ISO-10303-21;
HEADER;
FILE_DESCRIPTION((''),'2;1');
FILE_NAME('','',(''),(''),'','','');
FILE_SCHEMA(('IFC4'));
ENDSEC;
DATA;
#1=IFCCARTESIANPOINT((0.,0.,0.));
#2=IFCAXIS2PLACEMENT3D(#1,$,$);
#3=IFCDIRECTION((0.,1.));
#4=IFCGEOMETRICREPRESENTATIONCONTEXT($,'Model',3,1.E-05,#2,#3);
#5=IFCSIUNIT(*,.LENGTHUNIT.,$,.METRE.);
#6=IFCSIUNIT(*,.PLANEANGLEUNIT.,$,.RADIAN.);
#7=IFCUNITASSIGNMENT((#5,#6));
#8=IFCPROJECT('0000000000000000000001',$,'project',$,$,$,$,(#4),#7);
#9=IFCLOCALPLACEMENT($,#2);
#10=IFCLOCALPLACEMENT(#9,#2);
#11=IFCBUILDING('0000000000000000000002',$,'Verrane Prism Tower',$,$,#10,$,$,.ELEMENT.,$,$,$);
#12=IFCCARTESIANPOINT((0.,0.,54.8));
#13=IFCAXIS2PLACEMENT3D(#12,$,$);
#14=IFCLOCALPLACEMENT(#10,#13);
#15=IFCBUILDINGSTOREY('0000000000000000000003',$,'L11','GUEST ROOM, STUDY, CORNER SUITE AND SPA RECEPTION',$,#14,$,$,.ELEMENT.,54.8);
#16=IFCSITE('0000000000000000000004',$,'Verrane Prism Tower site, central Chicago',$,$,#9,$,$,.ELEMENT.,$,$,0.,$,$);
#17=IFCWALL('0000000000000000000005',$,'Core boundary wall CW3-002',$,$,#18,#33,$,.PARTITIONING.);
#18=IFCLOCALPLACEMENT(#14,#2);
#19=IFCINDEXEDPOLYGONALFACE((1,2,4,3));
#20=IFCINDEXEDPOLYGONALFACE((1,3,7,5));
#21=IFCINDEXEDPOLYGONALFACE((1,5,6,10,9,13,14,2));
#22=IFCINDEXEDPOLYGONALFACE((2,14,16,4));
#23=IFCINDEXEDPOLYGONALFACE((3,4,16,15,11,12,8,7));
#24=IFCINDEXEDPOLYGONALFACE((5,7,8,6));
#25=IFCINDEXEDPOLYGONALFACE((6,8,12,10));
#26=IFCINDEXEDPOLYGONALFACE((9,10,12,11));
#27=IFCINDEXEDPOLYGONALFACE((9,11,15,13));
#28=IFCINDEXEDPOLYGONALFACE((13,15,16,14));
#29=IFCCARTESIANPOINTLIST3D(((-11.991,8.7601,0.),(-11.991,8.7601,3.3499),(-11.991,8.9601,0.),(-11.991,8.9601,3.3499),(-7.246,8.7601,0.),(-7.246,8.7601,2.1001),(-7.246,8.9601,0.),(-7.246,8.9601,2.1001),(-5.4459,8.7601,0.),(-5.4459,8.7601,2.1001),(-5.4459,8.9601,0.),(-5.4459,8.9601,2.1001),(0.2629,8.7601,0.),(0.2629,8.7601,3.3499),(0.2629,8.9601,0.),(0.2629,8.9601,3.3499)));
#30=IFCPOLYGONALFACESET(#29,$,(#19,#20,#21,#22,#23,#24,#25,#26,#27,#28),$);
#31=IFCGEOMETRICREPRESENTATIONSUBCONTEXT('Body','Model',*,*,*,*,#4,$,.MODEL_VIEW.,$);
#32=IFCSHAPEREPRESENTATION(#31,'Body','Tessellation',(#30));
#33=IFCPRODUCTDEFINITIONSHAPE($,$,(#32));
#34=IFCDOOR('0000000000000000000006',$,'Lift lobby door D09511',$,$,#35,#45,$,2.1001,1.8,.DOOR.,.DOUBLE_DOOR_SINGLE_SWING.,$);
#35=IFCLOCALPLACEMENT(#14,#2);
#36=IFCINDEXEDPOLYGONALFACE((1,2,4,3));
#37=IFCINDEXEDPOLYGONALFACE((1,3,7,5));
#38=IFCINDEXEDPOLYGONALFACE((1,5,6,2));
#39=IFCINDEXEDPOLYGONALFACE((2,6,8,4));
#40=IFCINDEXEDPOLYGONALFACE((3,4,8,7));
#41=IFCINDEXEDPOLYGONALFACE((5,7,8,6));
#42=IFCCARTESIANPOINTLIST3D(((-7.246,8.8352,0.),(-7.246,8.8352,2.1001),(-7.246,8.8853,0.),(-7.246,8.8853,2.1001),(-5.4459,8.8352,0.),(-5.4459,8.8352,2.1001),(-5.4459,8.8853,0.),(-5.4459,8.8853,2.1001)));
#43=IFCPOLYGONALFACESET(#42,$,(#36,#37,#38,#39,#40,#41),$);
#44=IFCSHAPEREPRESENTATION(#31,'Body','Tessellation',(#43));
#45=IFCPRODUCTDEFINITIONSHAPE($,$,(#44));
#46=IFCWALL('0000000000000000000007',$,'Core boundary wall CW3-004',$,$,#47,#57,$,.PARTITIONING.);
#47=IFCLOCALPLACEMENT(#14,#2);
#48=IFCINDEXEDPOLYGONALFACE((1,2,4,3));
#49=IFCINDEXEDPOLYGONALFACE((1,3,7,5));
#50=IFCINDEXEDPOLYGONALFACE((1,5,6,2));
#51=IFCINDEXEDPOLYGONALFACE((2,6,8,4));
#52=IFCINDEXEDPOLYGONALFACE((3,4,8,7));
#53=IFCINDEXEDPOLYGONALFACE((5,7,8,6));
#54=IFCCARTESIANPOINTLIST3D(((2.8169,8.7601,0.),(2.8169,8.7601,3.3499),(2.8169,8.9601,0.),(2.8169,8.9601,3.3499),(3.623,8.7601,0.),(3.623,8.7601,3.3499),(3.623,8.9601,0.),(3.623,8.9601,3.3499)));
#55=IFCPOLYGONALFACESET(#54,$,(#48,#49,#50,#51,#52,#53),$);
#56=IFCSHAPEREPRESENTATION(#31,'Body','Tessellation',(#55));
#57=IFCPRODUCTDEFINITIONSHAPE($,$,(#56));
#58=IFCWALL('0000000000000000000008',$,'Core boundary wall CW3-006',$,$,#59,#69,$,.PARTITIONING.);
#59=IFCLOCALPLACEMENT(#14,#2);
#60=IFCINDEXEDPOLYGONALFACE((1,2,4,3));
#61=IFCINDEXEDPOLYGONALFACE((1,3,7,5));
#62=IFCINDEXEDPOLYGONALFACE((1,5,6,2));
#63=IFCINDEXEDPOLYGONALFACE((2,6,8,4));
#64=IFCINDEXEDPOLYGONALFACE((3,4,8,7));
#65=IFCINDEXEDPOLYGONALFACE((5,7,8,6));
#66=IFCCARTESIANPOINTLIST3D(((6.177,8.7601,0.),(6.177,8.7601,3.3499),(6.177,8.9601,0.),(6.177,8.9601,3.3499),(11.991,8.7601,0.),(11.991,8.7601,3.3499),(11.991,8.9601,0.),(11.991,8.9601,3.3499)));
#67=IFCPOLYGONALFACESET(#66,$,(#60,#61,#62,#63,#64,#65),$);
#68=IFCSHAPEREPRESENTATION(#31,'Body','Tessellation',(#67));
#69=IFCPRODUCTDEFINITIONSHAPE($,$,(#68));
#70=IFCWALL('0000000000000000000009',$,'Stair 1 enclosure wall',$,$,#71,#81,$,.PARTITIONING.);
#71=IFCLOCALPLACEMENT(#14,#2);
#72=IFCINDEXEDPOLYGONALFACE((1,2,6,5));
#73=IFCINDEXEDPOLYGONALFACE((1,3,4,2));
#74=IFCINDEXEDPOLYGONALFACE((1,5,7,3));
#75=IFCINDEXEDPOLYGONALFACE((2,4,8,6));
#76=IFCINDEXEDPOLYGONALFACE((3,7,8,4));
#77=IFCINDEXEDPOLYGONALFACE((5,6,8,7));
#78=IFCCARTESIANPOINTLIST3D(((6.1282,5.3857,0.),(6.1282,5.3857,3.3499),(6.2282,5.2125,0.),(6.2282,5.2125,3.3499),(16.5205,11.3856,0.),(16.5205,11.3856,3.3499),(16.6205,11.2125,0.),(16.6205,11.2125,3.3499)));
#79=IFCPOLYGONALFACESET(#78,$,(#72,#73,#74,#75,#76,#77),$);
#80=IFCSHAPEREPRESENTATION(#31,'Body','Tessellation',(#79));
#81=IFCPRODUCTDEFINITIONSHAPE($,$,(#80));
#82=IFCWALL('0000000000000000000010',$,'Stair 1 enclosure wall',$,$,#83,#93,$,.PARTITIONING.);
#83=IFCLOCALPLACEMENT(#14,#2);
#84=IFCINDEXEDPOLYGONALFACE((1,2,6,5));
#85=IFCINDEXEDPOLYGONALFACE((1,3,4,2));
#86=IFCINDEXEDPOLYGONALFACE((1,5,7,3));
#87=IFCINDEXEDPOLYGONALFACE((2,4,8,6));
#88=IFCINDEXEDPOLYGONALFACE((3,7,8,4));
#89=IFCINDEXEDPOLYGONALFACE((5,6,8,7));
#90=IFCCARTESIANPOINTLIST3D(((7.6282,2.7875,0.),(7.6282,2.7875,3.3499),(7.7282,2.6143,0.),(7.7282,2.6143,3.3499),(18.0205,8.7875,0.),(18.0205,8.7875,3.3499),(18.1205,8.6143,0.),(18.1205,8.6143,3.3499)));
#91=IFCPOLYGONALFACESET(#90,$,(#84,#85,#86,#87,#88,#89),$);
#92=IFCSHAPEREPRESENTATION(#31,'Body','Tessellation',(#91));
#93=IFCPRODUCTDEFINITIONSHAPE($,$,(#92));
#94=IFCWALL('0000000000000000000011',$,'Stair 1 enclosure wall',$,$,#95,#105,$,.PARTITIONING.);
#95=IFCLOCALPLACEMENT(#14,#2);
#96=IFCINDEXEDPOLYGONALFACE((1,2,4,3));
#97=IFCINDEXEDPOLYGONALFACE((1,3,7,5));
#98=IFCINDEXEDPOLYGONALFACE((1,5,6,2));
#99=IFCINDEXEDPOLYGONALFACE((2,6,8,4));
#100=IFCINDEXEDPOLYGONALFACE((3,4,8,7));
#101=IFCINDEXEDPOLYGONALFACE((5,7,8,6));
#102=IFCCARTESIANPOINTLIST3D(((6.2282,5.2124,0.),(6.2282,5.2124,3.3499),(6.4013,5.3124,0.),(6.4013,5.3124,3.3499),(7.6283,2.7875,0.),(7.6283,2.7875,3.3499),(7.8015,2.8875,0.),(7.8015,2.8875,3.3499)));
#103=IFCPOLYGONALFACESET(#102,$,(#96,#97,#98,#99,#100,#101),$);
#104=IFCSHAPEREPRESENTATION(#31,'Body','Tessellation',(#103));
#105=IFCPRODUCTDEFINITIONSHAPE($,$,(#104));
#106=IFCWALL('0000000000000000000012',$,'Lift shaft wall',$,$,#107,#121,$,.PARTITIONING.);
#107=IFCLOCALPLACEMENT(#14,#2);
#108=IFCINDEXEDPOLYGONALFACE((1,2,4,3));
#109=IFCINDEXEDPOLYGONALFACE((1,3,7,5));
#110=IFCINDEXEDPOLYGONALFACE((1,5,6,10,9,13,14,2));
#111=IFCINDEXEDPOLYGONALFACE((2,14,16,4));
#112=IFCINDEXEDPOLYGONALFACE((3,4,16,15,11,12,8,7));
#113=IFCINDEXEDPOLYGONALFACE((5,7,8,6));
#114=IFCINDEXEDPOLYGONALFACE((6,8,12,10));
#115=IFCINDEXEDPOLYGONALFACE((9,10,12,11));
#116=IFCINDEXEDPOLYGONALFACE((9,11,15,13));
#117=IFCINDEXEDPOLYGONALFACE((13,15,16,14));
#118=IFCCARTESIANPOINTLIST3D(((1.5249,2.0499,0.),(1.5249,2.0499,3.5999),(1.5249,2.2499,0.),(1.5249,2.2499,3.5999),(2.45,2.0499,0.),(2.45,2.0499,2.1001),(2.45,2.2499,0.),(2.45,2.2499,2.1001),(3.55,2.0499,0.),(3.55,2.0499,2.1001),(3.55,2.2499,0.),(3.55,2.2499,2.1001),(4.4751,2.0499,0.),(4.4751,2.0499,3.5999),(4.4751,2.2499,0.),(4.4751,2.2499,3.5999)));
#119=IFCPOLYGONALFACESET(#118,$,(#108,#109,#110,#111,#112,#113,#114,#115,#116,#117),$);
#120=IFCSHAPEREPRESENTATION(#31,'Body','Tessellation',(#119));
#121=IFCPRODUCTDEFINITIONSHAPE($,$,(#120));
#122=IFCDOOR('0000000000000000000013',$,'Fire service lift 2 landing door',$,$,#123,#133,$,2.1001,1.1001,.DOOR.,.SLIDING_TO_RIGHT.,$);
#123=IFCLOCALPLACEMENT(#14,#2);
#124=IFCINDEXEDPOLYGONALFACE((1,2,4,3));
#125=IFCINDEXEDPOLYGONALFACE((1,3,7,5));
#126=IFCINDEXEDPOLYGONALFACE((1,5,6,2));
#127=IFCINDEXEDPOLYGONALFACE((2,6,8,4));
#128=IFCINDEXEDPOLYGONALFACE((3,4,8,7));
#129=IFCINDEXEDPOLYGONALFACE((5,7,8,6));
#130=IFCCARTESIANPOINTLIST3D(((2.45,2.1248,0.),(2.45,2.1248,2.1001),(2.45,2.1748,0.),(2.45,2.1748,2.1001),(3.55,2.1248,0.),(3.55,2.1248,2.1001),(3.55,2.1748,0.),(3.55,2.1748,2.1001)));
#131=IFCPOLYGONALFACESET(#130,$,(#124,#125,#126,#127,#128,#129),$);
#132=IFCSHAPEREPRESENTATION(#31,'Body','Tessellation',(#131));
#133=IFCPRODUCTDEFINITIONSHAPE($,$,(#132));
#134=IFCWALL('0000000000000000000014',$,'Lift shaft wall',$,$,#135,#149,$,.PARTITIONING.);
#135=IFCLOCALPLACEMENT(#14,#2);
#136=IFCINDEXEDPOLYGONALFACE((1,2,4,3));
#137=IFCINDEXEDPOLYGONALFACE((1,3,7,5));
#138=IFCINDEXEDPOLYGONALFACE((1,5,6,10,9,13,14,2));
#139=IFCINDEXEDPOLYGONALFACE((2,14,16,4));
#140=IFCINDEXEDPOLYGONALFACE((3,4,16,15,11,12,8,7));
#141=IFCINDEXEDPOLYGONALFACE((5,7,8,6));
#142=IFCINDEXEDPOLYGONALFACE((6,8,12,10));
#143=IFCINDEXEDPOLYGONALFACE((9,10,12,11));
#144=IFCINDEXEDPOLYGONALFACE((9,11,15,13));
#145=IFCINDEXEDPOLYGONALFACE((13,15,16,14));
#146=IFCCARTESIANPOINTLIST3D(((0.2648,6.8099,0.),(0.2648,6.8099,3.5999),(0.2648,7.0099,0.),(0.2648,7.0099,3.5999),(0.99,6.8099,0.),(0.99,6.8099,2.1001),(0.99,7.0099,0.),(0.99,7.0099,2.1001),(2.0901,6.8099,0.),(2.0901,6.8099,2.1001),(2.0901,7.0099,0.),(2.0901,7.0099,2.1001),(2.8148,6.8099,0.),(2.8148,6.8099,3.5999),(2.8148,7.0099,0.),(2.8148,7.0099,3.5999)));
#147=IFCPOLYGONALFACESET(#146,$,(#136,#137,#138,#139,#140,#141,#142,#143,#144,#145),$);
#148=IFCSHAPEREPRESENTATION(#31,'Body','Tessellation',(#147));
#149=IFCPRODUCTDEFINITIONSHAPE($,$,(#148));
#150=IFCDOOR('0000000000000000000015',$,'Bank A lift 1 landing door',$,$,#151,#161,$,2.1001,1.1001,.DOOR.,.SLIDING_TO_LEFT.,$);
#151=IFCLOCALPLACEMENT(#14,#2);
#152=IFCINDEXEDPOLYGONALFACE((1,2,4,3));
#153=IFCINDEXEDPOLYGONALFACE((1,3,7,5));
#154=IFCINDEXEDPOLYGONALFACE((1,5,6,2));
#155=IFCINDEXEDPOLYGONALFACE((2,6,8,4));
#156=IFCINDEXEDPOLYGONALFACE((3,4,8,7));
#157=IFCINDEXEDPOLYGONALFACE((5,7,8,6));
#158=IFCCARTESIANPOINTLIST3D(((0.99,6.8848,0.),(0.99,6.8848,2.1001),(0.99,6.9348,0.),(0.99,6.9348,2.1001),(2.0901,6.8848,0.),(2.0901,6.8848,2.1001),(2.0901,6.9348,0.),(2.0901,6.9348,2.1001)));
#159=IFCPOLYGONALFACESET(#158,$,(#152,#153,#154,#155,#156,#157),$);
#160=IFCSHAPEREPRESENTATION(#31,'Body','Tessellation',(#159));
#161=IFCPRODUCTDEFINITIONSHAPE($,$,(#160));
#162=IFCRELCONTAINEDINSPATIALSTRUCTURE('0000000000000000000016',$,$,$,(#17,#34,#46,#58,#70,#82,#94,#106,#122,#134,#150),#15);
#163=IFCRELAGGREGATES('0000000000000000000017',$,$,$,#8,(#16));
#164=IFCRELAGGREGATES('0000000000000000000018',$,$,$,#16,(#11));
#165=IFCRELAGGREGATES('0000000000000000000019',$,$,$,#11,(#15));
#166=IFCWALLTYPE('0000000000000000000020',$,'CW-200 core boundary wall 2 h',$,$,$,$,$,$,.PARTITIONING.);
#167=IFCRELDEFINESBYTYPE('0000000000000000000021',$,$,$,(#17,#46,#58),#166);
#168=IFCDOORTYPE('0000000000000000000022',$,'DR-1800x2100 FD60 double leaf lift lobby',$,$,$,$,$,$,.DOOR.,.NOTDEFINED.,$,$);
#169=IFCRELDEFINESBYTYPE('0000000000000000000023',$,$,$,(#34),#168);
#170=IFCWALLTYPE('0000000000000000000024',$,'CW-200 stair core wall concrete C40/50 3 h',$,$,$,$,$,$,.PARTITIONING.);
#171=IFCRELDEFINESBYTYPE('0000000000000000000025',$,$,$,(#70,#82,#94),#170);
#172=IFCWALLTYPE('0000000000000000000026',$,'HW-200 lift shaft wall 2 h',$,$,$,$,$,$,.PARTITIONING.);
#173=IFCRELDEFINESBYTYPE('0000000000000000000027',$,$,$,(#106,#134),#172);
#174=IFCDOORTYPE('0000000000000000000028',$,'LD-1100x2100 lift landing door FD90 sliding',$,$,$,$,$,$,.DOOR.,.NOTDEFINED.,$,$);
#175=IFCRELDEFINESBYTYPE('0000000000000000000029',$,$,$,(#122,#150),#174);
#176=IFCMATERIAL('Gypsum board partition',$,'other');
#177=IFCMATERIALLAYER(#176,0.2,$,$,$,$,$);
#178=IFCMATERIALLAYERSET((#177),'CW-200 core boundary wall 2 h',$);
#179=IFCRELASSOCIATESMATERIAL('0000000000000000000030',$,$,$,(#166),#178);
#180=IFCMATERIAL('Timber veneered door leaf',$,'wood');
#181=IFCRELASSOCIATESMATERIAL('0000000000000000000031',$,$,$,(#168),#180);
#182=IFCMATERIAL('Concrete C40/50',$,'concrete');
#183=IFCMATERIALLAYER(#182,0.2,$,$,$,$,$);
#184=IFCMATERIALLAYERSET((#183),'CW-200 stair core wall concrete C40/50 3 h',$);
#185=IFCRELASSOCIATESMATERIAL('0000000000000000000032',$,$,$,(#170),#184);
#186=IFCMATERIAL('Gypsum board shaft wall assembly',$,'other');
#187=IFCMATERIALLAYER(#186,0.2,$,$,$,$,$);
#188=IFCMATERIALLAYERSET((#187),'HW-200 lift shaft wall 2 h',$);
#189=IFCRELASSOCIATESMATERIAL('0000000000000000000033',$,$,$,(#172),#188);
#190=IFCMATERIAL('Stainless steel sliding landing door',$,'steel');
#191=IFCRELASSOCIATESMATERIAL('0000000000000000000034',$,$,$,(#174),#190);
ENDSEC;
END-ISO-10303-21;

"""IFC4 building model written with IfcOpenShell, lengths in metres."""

from ifc_helpers import new_model, si_unit, direction, frame, frame_2d, origin, place, context, subcontext, project, spatial, rectangle, extrude, material, layer, layer_set, type_object, element, fill, save


model = new_model("IFC4")

# Units and contexts
model_context = context("Model", 3, precision=1e-05, world=origin(), true_north=direction((0.0, 1.0)))
body_context = subcontext(model_context, "Body", "Model", "MODEL_VIEW")
ifc_project = project(units=[si_unit("LENGTHUNIT", "METRE"), si_unit("PLANEANGLEUNIT", "RADIAN")], contexts=[model_context])

# Site, building, storey
site_placement = place(None, origin())
site = spatial("IfcSite", under=ifc_project, at=site_placement, Name="Verrane Prism Tower site, central Chicago", CompositionType="ELEMENT", RefElevation=0.0)
building_placement = place(site_placement, origin())
building = spatial("IfcBuilding", under=site, at=building_placement, Name="Verrane Prism Tower", CompositionType="ELEMENT")
storey_placement = place(building_placement, frame((0.0, 0.0, 54.8)))
storey = spatial("IfcBuildingStorey", under=building, at=storey_placement, Name="L11", Description="GUEST ROOM, STUDY, CORNER SUITE AND SPA RECEPTION", CompositionType="ELEMENT", Elevation=54.8)

# Wall, opening, door
ifc_material_1 = material(Name="Gypsum board partition", Category="other")
ifc_layer_1 = layer(ifc_material_1, 0.2)
ifc_layer_set_1 = layer_set([ifc_layer_1], Name="CW-200 core boundary wall 2 h")
wall_type_1 = type_object("IfcWallType", Name="CW-200 core boundary wall 2 h", PredefinedType="PARTITIONING", material=ifc_layer_set_1)
wall_1_placement = place(storey_placement, frame((0.2629, 8.8601, 0.0), z_axis=(0.0, 0.0, 1.0), x_axis=(-1.0, 0.0, 0.0)))
wall_1 = element("IfcWall", 1, at=wall_1_placement, inside=storey, type_object=wall_type_1, Name="Core boundary wall CW3-002", PredefinedType="PARTITIONING", context=body_context, shape_type="SweptSolid", body=[
    extrude(rectangle(XDim=12.2539, YDim=0.2, at=frame_2d((6.127, 0.0))), origin(), (0.0, 0.0, 1.0), 3.3499),
])
opening_1_placement = place(wall_1_placement, frame((5.709, 0.0, 0.0)))
opening_1 = element("IfcOpeningElement", 2, at=opening_1_placement, cuts=wall_1, PredefinedType="OPENING", context=body_context, shape_type="SweptSolid", body=[
    extrude(rectangle(XDim=1.8, YDim=2.1001, at=frame_2d((0.8999, 1.05))), frame((0.0, 0.1099, 0.0), z_axis=(0.0, -1.0, 0.0), x_axis=(1.0, 0.0, 0.0)), (0.0, 0.0, 1.0), 0.22),
])
ifc_material_2 = material(Name="Timber veneered door leaf", Category="wood")
door_type_1 = type_object("IfcDoorType", Name="DR-1800x2100 FD60 double leaf lift lobby", OperationType="NOTDEFINED", PredefinedType="DOOR", material=ifc_material_2)
door_1_placement = place(opening_1_placement, origin())
door_1 = element("IfcDoor", 3, at=door_1_placement, inside=storey, type_object=door_type_1, Name="Lift lobby door D09511", OperationType="DOUBLE_DOOR_SINGLE_SWING", OverallHeight=2.1001, OverallWidth=1.8, PredefinedType="DOOR", context=body_context, shape_type="SweptSolid", body=[
    extrude(rectangle(XDim=1.8, YDim=2.1001, at=frame_2d((0.8999, 1.05))), frame((0.0, 0.0249, 0.0), z_axis=(0.0, -1.0, 0.0), x_axis=(1.0, 0.0, 0.0)), (0.0, 0.0, 1.0), 0.05),
])
fill(opening_1, door_1)

# Walls
wall_2_placement = place(storey_placement, frame((2.8169, 8.8601, 0.0), z_axis=(0.0, 0.0, 1.0), x_axis=(1.0, 0.0, 0.0)))
element("IfcWall", 4, at=wall_2_placement, inside=storey, type_object=wall_type_1, Name="Core boundary wall CW3-004", PredefinedType="PARTITIONING", context=body_context, shape_type="SweptSolid", body=[
    extrude(rectangle(XDim=0.8062, YDim=0.2, at=frame_2d((0.4031, 0.0))), origin(), (0.0, 0.0, 1.0), 3.3499),
])
wall_3_placement = place(storey_placement, frame((6.177, 8.8601, 0.0), z_axis=(0.0, 0.0, 1.0), x_axis=(1.0, 0.0, 0.0)))
element("IfcWall", 5, at=wall_3_placement, inside=storey, type_object=wall_type_1, Name="Core boundary wall CW3-006", PredefinedType="PARTITIONING", context=body_context, shape_type="SweptSolid", body=[
    extrude(rectangle(XDim=5.814, YDim=0.2, at=frame_2d((2.907, 0.0))), origin(), (0.0, 0.0, 1.0), 3.3499),
])
ifc_material_3 = material(Name="Concrete C40/50", Category="concrete")
ifc_layer_2 = layer(ifc_material_3, 0.2)
ifc_layer_set_2 = layer_set([ifc_layer_2], Name="CW-200 stair core wall concrete C40/50 3 h")
wall_type_2 = type_object("IfcWallType", Name="CW-200 stair core wall concrete C40/50 3 h", PredefinedType="PARTITIONING", material=ifc_layer_set_2)
for number, where, z_axis, x_axis, name in (
    (6, (6.1782, 5.2991, 0.0), (0.0, 0.0, 1.0), (0.866026, 0.499999, 0.0), "Stair 1 enclosure wall"),
    (7, (7.6782, 2.7009, 0.0), (0.0, 0.0, 1.0), (0.866026, 0.499999, 0.0), "Stair 1 enclosure wall"),
):
    element("IfcWall", number, at=place(storey_placement, frame(where, z_axis=z_axis, x_axis=x_axis)), inside=storey, type_object=wall_type_2, Name=name, PredefinedType="PARTITIONING", context=body_context, shape_type="SweptSolid", body=[
        extrude(rectangle(XDim=12.0, YDim=0.2, at=frame_2d((6.0, 0.0))), origin(), (0.0, 0.0, 1.0), 3.3499),
    ])
wall_4_placement = place(storey_placement, frame((7.7148, 2.8376, 0.0), z_axis=(0.0, 0.0, 1.0), x_axis=(-0.50005, 0.865997, 0.0)))
element("IfcWall", 8, at=wall_4_placement, inside=storey, type_object=wall_type_2, Name="Stair 1 enclosure wall", PredefinedType="PARTITIONING", context=body_context, shape_type="SweptSolid", body=[
    extrude(rectangle(XDim=2.8, YDim=0.2, at=frame_2d((1.3999, 0.0))), origin(), (0.0, 0.0, 1.0), 3.3499),
])

# Walls, openings, doors
ifc_material_4 = material(Name="Gypsum board shaft wall assembly", Category="other")
ifc_layer_3 = layer(ifc_material_4, 0.2)
ifc_layer_set_3 = layer_set([ifc_layer_3], Name="HW-200 lift shaft wall 2 h")
wall_type_3 = type_object("IfcWallType", Name="HW-200 lift shaft wall 2 h", PredefinedType="PARTITIONING", material=ifc_layer_set_3)
wall_5_placement = place(storey_placement, frame((1.5249, 2.1499, 0.0), z_axis=(0.0, 0.0, 1.0), x_axis=(1.0, 0.0, 0.0)))
wall_5 = element("IfcWall", 9, at=wall_5_placement, inside=storey, type_object=wall_type_3, Name="Lift shaft wall", PredefinedType="PARTITIONING", context=body_context, shape_type="SweptSolid", body=[
    extrude(rectangle(XDim=2.9502, YDim=0.2, at=frame_2d((1.4751, 0.0))), origin(), (0.0, 0.0, 1.0), 3.5999),
])
opening_2_placement = place(wall_5_placement, frame((0.925, 0.0, 0.0)))
opening_2 = element("IfcOpeningElement", 10, at=opening_2_placement, cuts=wall_5, PredefinedType="OPENING", context=body_context, shape_type="SweptSolid", body=[
    extrude(rectangle(XDim=1.1001, YDim=2.1001, at=frame_2d((0.55, 1.05))), frame((0.0, 0.1099, 0.0), z_axis=(0.0, -1.0, 0.0), x_axis=(1.0, 0.0, 0.0)), (0.0, 0.0, 1.0), 0.22),
])
ifc_material_5 = material(Name="Stainless steel sliding landing door", Category="steel")
door_type_2 = type_object("IfcDoorType", Name="LD-1100x2100 lift landing door FD90 sliding", OperationType="NOTDEFINED", PredefinedType="DOOR", material=ifc_material_5)
door_2_placement = place(opening_2_placement, origin())
door_2 = element("IfcDoor", 11, at=door_2_placement, inside=storey, type_object=door_type_2, Name="Fire service lift 2 landing door", OperationType="SLIDING_TO_RIGHT", OverallHeight=2.1001, OverallWidth=1.1001, PredefinedType="DOOR", context=body_context, shape_type="SweptSolid", body=[
    extrude(rectangle(XDim=1.1001, YDim=2.1001, at=frame_2d((0.55, 1.05))), frame((0.0, 0.0249, 0.0), z_axis=(0.0, -1.0, 0.0), x_axis=(1.0, 0.0, 0.0)), (0.0, 0.0, 1.0), 0.05),
])
fill(opening_2, door_2)
wall_6_placement = place(storey_placement, frame((0.2649, 6.9099, 0.0), z_axis=(0.0, 0.0, 1.0), x_axis=(1.0, 0.0, 0.0)))
wall_6 = element("IfcWall", 12, at=wall_6_placement, inside=storey, type_object=wall_type_3, Name="Lift shaft wall", PredefinedType="PARTITIONING", context=body_context, shape_type="SweptSolid", body=[
    extrude(rectangle(XDim=2.55, YDim=0.2, at=frame_2d((1.2749, 0.0))), origin(), (0.0, 0.0, 1.0), 3.5999),
])
opening_3_placement = place(wall_6_placement, frame((0.7251, 0.0, 0.0)))
opening_3 = element("IfcOpeningElement", 13, at=opening_3_placement, cuts=wall_6, PredefinedType="OPENING", context=body_context, shape_type="SweptSolid", body=[
    extrude(rectangle(XDim=1.1001, YDim=2.1001, at=frame_2d((0.55, 1.05))), frame((0.0, 0.1099, 0.0), z_axis=(0.0, -1.0, 0.0), x_axis=(1.0, 0.0, 0.0)), (0.0, 0.0, 1.0), 0.22),
])
door_3_placement = place(opening_3_placement, origin())
door_3 = element("IfcDoor", 14, at=door_3_placement, inside=storey, type_object=door_type_2, Name="Bank A lift 1 landing door", OperationType="SLIDING_TO_LEFT", OverallHeight=2.1001, OverallWidth=1.1001, PredefinedType="DOOR", context=body_context, shape_type="SweptSolid", body=[
    extrude(rectangle(XDim=1.1001, YDim=2.1001, at=frame_2d((0.55, 1.05))), frame((0.0, 0.0249, 0.0), z_axis=(0.0, -1.0, 0.0), x_axis=(1.0, 0.0, 0.0)), (0.0, 0.0, 1.0), 0.05),
])
fill(opening_3, door_3)

save(model, "model.ifc")
